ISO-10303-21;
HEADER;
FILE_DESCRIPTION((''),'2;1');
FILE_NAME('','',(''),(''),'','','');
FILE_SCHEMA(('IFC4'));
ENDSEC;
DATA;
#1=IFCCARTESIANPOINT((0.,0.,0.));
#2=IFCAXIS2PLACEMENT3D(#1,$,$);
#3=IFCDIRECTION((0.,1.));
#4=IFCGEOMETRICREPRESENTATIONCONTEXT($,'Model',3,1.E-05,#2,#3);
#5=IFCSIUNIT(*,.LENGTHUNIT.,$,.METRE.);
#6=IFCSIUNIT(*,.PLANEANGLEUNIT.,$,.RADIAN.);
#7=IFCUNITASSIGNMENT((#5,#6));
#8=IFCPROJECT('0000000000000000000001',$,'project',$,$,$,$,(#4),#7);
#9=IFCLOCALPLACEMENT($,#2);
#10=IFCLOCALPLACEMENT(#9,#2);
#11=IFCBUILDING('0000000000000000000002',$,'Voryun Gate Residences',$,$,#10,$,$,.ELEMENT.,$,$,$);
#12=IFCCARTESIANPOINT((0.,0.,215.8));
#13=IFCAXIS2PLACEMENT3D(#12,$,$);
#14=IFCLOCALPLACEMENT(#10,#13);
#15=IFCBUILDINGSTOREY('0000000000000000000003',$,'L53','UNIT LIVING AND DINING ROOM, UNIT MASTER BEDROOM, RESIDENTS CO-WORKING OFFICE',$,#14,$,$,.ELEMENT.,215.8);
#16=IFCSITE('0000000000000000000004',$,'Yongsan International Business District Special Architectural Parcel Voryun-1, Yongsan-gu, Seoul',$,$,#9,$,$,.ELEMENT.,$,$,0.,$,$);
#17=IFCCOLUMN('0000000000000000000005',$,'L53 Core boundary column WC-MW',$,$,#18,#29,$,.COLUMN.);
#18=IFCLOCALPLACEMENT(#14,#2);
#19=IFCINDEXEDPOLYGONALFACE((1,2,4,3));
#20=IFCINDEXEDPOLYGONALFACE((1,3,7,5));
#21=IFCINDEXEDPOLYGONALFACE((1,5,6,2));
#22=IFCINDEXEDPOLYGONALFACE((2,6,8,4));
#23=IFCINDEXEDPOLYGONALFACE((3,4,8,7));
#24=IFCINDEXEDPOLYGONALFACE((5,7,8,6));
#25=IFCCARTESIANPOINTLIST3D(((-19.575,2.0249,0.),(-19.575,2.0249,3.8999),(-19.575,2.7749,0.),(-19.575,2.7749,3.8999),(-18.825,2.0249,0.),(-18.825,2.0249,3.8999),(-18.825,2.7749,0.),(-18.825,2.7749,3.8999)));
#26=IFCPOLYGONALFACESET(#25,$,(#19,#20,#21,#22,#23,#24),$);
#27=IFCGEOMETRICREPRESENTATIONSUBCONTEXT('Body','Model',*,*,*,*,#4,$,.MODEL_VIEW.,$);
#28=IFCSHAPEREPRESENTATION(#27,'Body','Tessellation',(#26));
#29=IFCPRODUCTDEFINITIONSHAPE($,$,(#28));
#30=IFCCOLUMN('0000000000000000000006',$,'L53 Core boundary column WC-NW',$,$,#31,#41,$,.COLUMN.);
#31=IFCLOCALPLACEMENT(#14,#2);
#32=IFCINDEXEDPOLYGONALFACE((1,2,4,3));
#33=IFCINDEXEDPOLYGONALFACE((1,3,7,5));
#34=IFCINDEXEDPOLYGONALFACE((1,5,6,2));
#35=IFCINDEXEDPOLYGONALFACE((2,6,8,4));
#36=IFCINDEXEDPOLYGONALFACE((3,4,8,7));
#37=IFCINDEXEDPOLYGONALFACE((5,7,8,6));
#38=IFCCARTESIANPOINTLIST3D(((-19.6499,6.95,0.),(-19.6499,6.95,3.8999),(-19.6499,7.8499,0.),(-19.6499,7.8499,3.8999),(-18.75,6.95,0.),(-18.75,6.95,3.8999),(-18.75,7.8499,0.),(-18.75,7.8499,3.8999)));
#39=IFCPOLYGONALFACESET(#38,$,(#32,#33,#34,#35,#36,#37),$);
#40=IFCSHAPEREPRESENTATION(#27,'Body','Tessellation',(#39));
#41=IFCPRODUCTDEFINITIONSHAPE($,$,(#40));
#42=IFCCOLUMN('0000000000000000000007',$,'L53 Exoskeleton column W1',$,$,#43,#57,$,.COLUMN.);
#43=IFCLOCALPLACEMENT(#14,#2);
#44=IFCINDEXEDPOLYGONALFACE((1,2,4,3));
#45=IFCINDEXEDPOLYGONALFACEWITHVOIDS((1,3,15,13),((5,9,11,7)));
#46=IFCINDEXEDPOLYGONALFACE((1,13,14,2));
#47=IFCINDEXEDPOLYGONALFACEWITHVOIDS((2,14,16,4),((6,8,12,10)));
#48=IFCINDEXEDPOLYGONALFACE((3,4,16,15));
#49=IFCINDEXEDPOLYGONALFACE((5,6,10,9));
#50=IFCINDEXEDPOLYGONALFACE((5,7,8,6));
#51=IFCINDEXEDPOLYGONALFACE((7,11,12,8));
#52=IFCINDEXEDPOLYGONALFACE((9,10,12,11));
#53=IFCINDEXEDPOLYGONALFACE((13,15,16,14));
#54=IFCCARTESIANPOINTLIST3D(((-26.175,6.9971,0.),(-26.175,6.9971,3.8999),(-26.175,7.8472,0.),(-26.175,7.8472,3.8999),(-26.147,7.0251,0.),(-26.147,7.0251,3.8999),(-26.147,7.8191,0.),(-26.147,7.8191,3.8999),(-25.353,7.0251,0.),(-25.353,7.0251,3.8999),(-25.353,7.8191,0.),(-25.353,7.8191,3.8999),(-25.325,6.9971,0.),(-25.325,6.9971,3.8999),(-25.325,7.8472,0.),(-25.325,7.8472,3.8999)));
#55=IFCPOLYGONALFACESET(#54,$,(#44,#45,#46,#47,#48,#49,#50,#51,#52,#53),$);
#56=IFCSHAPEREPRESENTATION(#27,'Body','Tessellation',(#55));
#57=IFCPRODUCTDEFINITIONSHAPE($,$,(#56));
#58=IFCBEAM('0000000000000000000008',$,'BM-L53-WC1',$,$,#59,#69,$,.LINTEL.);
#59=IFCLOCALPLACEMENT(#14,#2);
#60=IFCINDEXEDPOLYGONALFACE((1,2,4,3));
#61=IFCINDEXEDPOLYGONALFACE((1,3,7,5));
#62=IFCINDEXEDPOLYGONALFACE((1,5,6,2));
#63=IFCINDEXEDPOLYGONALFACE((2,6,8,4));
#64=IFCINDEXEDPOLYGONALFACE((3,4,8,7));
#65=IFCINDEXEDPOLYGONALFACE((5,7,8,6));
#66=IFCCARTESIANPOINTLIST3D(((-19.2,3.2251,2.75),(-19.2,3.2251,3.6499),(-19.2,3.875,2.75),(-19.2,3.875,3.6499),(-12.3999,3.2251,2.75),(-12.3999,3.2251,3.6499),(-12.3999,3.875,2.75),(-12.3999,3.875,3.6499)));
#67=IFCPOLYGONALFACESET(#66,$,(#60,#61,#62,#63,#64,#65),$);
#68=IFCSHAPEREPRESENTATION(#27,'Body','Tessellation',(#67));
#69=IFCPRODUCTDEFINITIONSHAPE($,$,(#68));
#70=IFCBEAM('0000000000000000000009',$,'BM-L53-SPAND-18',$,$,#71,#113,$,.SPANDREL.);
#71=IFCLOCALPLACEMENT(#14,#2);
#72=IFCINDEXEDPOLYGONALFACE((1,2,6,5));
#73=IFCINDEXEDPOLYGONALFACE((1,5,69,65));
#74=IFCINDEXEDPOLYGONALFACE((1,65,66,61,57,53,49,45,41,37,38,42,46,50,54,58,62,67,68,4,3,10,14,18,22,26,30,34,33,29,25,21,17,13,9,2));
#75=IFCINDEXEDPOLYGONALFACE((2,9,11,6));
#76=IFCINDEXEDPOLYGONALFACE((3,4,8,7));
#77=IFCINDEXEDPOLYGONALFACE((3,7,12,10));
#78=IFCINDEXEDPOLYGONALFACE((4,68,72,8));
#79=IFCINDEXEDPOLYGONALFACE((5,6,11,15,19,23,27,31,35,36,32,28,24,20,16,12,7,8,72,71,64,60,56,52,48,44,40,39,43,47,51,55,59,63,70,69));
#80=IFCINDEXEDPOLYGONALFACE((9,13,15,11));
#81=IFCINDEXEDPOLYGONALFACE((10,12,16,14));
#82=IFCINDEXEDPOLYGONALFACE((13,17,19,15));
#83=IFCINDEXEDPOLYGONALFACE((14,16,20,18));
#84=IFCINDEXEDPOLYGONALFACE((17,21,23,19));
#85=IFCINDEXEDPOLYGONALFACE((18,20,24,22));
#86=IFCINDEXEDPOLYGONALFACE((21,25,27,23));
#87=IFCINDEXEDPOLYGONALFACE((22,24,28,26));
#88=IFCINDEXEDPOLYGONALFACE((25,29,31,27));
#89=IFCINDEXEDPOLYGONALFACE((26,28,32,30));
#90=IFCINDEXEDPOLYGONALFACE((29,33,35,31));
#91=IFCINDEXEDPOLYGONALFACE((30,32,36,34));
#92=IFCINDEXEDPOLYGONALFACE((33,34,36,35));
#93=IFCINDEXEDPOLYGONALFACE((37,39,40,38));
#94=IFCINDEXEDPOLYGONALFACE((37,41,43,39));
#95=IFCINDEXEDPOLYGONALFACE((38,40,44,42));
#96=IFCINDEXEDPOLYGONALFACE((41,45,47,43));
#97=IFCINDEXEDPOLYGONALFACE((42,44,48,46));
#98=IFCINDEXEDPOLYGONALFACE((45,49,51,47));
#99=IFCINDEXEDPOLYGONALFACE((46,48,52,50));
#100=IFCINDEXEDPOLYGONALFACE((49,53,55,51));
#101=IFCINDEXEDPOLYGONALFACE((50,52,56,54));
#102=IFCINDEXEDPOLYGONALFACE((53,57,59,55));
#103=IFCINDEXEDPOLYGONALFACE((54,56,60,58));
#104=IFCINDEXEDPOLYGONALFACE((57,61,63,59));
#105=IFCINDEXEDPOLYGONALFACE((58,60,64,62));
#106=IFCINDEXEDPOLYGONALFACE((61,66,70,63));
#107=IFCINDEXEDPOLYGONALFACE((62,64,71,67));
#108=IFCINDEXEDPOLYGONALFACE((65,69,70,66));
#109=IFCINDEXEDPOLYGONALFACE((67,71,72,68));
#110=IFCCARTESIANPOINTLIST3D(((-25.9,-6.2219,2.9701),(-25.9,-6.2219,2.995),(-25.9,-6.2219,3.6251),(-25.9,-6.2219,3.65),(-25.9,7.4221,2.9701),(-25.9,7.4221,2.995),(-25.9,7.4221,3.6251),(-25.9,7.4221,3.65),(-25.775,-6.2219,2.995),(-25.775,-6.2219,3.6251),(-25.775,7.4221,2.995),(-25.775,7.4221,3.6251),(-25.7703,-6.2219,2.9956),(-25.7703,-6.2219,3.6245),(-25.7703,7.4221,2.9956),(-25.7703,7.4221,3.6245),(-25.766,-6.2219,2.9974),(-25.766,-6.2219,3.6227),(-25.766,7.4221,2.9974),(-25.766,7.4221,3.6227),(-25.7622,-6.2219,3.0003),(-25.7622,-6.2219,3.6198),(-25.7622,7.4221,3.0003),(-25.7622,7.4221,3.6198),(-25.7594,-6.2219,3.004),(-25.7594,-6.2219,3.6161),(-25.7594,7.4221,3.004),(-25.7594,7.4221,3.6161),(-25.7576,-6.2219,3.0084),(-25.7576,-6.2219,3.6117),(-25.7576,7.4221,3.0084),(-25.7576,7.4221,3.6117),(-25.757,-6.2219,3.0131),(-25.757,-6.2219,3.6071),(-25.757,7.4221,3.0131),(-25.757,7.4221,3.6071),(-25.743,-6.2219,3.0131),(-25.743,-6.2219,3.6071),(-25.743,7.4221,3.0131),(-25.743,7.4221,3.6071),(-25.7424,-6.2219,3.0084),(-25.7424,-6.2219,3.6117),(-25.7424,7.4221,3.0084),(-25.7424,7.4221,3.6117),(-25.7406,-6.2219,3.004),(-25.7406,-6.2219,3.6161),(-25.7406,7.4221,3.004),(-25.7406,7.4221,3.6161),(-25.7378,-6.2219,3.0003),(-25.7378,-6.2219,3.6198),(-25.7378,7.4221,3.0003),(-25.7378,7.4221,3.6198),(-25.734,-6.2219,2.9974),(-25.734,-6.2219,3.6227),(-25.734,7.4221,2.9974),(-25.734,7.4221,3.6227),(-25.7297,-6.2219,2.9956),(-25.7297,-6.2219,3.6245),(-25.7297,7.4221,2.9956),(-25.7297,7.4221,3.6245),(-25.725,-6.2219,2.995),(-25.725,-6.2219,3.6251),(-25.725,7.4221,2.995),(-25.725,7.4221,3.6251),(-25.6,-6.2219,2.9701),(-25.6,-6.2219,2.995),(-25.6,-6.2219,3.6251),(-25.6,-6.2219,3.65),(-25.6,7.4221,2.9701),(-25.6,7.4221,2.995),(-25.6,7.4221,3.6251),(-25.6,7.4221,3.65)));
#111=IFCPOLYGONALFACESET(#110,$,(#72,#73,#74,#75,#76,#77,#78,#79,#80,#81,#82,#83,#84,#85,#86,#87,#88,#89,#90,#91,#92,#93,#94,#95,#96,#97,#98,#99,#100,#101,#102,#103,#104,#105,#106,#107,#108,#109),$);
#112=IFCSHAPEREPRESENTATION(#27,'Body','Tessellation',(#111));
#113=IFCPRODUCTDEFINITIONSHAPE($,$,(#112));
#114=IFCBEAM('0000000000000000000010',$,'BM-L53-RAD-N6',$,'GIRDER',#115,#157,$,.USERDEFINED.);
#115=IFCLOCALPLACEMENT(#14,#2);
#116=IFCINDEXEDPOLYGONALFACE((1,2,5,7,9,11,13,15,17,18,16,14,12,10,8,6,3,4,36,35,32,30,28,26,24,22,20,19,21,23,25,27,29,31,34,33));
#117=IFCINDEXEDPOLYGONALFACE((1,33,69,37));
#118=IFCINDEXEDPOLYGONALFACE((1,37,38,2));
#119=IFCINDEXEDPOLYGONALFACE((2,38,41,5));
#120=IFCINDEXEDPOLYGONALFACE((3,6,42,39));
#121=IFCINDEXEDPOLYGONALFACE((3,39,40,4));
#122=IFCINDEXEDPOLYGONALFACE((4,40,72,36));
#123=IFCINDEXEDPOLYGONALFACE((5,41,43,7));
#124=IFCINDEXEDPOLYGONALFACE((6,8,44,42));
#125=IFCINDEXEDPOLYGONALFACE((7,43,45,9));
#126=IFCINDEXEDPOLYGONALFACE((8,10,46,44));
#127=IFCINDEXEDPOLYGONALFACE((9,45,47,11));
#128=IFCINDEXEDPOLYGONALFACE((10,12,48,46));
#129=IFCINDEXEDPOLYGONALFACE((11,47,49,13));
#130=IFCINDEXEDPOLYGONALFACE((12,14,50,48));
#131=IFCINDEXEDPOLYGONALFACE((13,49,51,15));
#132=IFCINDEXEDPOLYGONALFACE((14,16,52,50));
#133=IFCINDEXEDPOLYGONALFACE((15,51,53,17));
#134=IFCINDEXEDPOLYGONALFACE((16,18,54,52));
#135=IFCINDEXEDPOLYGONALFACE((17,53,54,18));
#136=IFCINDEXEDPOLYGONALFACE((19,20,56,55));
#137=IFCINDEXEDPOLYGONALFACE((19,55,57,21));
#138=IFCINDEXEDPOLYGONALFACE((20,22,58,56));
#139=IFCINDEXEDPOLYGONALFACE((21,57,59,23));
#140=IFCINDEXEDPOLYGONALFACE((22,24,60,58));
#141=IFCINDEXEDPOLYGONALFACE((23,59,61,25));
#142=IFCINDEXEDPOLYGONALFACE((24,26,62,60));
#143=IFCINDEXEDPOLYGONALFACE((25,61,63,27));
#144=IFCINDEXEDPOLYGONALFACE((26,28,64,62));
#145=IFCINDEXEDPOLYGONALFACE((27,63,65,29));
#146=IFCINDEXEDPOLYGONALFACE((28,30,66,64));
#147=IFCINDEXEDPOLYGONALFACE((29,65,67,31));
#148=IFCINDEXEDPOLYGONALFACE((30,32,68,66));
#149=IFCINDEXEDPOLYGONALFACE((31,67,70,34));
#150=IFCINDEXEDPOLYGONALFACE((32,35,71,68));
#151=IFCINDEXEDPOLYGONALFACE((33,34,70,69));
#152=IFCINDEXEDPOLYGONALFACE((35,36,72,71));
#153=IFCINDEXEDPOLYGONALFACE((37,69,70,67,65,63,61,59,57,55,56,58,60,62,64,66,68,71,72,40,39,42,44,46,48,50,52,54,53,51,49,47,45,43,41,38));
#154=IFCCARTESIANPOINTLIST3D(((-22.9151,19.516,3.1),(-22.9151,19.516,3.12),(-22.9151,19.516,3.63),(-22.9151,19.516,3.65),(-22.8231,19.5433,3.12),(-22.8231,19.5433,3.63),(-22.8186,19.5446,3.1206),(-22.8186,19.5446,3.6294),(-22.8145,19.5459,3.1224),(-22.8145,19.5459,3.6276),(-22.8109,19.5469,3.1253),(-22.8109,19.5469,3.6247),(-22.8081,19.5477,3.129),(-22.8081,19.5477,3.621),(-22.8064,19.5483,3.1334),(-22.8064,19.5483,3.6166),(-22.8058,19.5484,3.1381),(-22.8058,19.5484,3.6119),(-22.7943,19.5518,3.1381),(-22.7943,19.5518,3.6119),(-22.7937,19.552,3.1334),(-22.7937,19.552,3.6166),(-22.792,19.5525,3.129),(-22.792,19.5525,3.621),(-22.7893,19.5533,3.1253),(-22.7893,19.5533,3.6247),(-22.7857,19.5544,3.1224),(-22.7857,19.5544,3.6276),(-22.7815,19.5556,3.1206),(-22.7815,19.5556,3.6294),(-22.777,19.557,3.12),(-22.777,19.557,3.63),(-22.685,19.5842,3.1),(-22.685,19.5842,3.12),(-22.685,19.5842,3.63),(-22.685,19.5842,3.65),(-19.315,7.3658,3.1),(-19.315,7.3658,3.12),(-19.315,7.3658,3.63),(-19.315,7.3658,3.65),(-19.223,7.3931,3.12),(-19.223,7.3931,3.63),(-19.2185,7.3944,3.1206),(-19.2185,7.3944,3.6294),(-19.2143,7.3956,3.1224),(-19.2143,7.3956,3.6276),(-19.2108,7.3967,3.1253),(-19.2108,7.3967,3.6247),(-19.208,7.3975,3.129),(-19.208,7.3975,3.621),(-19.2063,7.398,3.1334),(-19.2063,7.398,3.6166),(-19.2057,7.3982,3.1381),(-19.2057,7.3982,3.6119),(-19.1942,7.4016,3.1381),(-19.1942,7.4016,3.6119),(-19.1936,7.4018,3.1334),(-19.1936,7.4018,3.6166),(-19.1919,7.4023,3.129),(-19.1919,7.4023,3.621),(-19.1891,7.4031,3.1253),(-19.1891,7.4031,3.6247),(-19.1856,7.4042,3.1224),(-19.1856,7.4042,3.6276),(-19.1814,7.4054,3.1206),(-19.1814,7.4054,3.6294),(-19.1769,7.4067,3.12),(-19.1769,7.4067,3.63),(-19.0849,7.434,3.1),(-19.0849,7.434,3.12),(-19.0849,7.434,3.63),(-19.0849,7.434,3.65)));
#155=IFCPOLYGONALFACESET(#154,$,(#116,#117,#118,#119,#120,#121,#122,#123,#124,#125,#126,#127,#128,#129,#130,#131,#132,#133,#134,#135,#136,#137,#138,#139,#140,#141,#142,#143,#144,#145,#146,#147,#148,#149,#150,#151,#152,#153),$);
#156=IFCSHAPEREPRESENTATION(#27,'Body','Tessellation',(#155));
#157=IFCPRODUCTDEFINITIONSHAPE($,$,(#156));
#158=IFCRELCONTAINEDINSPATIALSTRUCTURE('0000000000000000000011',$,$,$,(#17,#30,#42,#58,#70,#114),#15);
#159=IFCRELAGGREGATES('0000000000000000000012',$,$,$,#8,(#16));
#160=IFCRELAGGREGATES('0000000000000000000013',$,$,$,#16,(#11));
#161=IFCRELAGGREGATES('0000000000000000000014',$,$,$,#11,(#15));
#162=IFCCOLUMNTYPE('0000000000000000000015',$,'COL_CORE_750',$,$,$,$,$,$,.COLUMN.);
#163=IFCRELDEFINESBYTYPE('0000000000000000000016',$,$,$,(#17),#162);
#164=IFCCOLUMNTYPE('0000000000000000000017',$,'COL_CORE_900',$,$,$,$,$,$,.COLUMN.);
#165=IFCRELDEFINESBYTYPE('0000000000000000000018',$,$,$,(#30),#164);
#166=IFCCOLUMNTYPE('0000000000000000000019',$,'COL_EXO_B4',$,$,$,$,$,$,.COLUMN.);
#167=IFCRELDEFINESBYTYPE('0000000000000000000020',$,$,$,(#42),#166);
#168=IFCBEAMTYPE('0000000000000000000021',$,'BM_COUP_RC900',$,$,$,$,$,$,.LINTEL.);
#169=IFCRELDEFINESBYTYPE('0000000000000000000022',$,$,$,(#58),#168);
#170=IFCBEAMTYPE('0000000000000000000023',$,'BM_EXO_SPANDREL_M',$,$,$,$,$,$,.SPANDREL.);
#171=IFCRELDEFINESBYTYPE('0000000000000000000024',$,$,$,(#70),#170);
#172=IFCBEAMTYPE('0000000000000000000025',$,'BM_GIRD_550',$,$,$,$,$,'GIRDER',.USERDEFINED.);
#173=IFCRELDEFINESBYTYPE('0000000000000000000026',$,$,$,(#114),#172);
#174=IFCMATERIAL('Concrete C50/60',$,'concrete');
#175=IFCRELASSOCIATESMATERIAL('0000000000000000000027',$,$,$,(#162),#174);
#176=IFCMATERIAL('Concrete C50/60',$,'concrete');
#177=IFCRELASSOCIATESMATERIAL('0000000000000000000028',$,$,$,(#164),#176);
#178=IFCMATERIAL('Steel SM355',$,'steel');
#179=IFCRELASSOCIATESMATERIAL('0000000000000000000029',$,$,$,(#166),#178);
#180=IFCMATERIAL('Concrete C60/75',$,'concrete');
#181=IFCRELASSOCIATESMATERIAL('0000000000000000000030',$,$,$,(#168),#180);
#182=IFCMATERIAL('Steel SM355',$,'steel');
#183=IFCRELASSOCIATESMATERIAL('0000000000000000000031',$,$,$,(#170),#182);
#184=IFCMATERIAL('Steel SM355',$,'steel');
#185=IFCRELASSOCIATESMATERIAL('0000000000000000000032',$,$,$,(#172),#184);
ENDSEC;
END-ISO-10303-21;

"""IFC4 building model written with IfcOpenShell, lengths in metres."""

from ifc_helpers import new_model, si_unit, direction, frame, origin, origin_2d, place, context, subcontext, project, spatial, rectangle, hollow_rectangle, i_section, extrude, material, material_profile, profile_set, type_object, element, save


model = new_model("IFC4")

# Units and contexts
model_context = context("Model", 3, precision=1e-05, world=origin(), true_north=direction((0.0, 1.0)))
body_context = subcontext(model_context, "Body", "Model", "MODEL_VIEW")
ifc_project = project(units=[si_unit("LENGTHUNIT", "METRE"), si_unit("PLANEANGLEUNIT", "RADIAN")], contexts=[model_context])

# Site, building, storey
site_placement = place(None, origin())
site = spatial("IfcSite", under=ifc_project, at=site_placement, Name="Yongsan International Business District Special Architectural Parcel Voryun-1, Yongsan-gu, Seoul", CompositionType="ELEMENT", RefElevation=0.0)
building_placement = place(site_placement, origin())
building = spatial("IfcBuilding", under=site, at=building_placement, Name="Voryun Gate Residences", CompositionType="ELEMENT")
storey_placement = place(building_placement, frame((0.0, 0.0, 215.8)))
storey = spatial("IfcBuildingStorey", under=building, at=storey_placement, Name="L53", Description="UNIT LIVING AND DINING ROOM, UNIT MASTER BEDROOM, RESIDENTS CO-WORKING OFFICE", CompositionType="ELEMENT", Elevation=215.8)

# Columns
ifc_material_1 = material(Name="Concrete C50/60", Category="concrete")
ifc_material_profile_1 = material_profile(ifc_material_1, rectangle(XDim=0.75, YDim=0.75, at=origin_2d()), Name="RC-750x750")
ifc_profile_set_1 = profile_set([ifc_material_profile_1], Name="Concrete C50/60")
column_type_1 = type_object("IfcColumnType", Name="COL_CORE_750", PredefinedType="COLUMN", material=ifc_profile_set_1)
column_1_placement = place(storey_placement, frame((-19.2, 2.3999, 0.0), z_axis=(0.0, 0.0, 1.0), x_axis=(1.0, 0.0, 0.0)))
element("IfcColumn", 1, at=column_1_placement, inside=storey, type_object=column_type_1, Name="L53 Core boundary column WC-MW", PredefinedType="COLUMN", context=body_context, shape_type="SweptSolid", body=[
    extrude(rectangle(XDim=0.75, YDim=0.75, at=origin_2d()), origin(), (0.0, 0.0, 1.0), 3.8999),
])
ifc_material_2 = material(Name="Concrete C50/60", Category="concrete")
ifc_material_profile_2 = material_profile(ifc_material_2, rectangle(XDim=0.8999, YDim=0.8999, at=origin_2d()), Name="RC-900x900")
ifc_profile_set_2 = profile_set([ifc_material_profile_2], Name="Concrete C50/60")
column_type_2 = type_object("IfcColumnType", Name="COL_CORE_900", PredefinedType="COLUMN", material=ifc_profile_set_2)
column_2_placement = place(storey_placement, frame((-19.2, 7.3999, 0.0), z_axis=(0.0, 0.0, 1.0), x_axis=(1.0, 0.0, 0.0)))
element("IfcColumn", 2, at=column_2_placement, inside=storey, type_object=column_type_2, Name="L53 Core boundary column WC-NW", PredefinedType="COLUMN", context=body_context, shape_type="SweptSolid", body=[
    extrude(rectangle(XDim=0.8999, YDim=0.8999, at=origin_2d()), origin(), (0.0, 0.0, 1.0), 3.8999),
])
ifc_material_3 = material(Name="Steel SM355", Category="steel")
ifc_material_profile_3 = material_profile(ifc_material_3, hollow_rectangle(XDim=0.8501, YDim=0.8501, WallThickness=0.0281, at=origin_2d()), Name="BOX-850x850x28")
ifc_profile_set_3 = profile_set([ifc_material_profile_3], Name="Steel SM355")
column_type_3 = type_object("IfcColumnType", Name="COL_EXO_B4", PredefinedType="COLUMN", material=ifc_profile_set_3)
column_3_placement = place(storey_placement, frame((-25.75, 7.4221, 0.0), z_axis=(0.0, 0.0, 1.0), x_axis=(1.0, 0.0, 0.0)))
element("IfcColumn", 3, at=column_3_placement, inside=storey, type_object=column_type_3, Name="L53 Exoskeleton column W1", PredefinedType="COLUMN", context=body_context, shape_type="SweptSolid", body=[
    extrude(hollow_rectangle(XDim=0.8501, YDim=0.8501, WallThickness=0.0281, at=origin_2d()), origin(), (0.0, 0.0, 1.0), 3.8999),
])

# Beams
ifc_material_4 = material(Name="Concrete C60/75", Category="concrete")
ifc_material_profile_4 = material_profile(ifc_material_4, rectangle(XDim=0.6499, YDim=0.8999, at=origin_2d()), Name="RC-650x900")
ifc_profile_set_4 = profile_set([ifc_material_profile_4], Name="Concrete C60/75")
beam_type_1 = type_object("IfcBeamType", Name="BM_COUP_RC900", PredefinedType="LINTEL", material=ifc_profile_set_4)
beam_1_placement = place(storey_placement, frame((-19.2, 3.55, 3.2), z_axis=(1.0, 0.0, 0.0), x_axis=(0.0, 1.0, 0.0)))
element("IfcBeam", 4, at=beam_1_placement, inside=storey, type_object=beam_type_1, Name="BM-L53-WC1", PredefinedType="LINTEL", context=body_context, shape_type="SweptSolid", body=[
    extrude(rectangle(XDim=0.6499, YDim=0.8999, at=origin_2d()), origin(), (0.0, 0.0, 1.0), 6.8),
])
ifc_material_5 = material(Name="Steel SM355", Category="steel")
ifc_material_profile_5 = material_profile(ifc_material_5, i_section(OverallWidth=0.3, OverallDepth=0.6799, WebThickness=0.0139, FlangeThickness=0.0249, FilletRadius=0.0181, at=origin_2d()), Name="H-680x300x14x25")
ifc_profile_set_5 = profile_set([ifc_material_profile_5], Name="Steel SM355")
beam_type_2 = type_object("IfcBeamType", Name="BM_EXO_SPANDREL_M", PredefinedType="SPANDREL", material=ifc_profile_set_5)
beam_2_placement = place(storey_placement, frame((-25.75, 7.4221, 3.3101), z_axis=(0.0, -1.0, 0.0), x_axis=(1.0, 0.0, 0.0)))
element("IfcBeam", 5, at=beam_2_placement, inside=storey, type_object=beam_type_2, Name="BM-L53-SPAND-18", PredefinedType="SPANDREL", context=body_context, shape_type="SweptSolid", body=[
    extrude(i_section(OverallWidth=0.3, OverallDepth=0.6799, WebThickness=0.0139, FlangeThickness=0.0249, FilletRadius=0.0181, at=origin_2d()), origin(), (0.0, 0.0, 1.0), 13.644),
])
ifc_material_6 = material(Name="Steel SM355", Category="steel")
ifc_material_profile_6 = material_profile(ifc_material_6, i_section(OverallWidth=0.24, OverallDepth=0.55, WebThickness=0.012, FlangeThickness=0.02, FilletRadius=0.0181, at=origin_2d()), Name="H-550x240x12x20")
ifc_profile_set_6 = profile_set([ifc_material_profile_6], Name="Steel SM355")
beam_type_3 = type_object("IfcBeamType", Name="BM_GIRD_550", ElementType="GIRDER", PredefinedType="USERDEFINED", material=ifc_profile_set_6)
beam_3_placement = place(storey_placement, frame((-19.2, 7.3999, 3.375), z_axis=(-0.284092, 0.958797, 0.0), x_axis=(-0.958797, -0.284092, 0.0)))
element("IfcBeam", 6, at=beam_3_placement, inside=storey, type_object=beam_type_3, Name="BM-L53-RAD-N6", ObjectType="GIRDER", PredefinedType="USERDEFINED", context=body_context, shape_type="SweptSolid", body=[
    extrude(i_section(OverallWidth=0.24, OverallDepth=0.55, WebThickness=0.012, FlangeThickness=0.02, FilletRadius=0.0181, at=origin_2d()), origin(), (0.0, 0.0, 1.0), 12.6724),
])

save(model, "model.ifc")
